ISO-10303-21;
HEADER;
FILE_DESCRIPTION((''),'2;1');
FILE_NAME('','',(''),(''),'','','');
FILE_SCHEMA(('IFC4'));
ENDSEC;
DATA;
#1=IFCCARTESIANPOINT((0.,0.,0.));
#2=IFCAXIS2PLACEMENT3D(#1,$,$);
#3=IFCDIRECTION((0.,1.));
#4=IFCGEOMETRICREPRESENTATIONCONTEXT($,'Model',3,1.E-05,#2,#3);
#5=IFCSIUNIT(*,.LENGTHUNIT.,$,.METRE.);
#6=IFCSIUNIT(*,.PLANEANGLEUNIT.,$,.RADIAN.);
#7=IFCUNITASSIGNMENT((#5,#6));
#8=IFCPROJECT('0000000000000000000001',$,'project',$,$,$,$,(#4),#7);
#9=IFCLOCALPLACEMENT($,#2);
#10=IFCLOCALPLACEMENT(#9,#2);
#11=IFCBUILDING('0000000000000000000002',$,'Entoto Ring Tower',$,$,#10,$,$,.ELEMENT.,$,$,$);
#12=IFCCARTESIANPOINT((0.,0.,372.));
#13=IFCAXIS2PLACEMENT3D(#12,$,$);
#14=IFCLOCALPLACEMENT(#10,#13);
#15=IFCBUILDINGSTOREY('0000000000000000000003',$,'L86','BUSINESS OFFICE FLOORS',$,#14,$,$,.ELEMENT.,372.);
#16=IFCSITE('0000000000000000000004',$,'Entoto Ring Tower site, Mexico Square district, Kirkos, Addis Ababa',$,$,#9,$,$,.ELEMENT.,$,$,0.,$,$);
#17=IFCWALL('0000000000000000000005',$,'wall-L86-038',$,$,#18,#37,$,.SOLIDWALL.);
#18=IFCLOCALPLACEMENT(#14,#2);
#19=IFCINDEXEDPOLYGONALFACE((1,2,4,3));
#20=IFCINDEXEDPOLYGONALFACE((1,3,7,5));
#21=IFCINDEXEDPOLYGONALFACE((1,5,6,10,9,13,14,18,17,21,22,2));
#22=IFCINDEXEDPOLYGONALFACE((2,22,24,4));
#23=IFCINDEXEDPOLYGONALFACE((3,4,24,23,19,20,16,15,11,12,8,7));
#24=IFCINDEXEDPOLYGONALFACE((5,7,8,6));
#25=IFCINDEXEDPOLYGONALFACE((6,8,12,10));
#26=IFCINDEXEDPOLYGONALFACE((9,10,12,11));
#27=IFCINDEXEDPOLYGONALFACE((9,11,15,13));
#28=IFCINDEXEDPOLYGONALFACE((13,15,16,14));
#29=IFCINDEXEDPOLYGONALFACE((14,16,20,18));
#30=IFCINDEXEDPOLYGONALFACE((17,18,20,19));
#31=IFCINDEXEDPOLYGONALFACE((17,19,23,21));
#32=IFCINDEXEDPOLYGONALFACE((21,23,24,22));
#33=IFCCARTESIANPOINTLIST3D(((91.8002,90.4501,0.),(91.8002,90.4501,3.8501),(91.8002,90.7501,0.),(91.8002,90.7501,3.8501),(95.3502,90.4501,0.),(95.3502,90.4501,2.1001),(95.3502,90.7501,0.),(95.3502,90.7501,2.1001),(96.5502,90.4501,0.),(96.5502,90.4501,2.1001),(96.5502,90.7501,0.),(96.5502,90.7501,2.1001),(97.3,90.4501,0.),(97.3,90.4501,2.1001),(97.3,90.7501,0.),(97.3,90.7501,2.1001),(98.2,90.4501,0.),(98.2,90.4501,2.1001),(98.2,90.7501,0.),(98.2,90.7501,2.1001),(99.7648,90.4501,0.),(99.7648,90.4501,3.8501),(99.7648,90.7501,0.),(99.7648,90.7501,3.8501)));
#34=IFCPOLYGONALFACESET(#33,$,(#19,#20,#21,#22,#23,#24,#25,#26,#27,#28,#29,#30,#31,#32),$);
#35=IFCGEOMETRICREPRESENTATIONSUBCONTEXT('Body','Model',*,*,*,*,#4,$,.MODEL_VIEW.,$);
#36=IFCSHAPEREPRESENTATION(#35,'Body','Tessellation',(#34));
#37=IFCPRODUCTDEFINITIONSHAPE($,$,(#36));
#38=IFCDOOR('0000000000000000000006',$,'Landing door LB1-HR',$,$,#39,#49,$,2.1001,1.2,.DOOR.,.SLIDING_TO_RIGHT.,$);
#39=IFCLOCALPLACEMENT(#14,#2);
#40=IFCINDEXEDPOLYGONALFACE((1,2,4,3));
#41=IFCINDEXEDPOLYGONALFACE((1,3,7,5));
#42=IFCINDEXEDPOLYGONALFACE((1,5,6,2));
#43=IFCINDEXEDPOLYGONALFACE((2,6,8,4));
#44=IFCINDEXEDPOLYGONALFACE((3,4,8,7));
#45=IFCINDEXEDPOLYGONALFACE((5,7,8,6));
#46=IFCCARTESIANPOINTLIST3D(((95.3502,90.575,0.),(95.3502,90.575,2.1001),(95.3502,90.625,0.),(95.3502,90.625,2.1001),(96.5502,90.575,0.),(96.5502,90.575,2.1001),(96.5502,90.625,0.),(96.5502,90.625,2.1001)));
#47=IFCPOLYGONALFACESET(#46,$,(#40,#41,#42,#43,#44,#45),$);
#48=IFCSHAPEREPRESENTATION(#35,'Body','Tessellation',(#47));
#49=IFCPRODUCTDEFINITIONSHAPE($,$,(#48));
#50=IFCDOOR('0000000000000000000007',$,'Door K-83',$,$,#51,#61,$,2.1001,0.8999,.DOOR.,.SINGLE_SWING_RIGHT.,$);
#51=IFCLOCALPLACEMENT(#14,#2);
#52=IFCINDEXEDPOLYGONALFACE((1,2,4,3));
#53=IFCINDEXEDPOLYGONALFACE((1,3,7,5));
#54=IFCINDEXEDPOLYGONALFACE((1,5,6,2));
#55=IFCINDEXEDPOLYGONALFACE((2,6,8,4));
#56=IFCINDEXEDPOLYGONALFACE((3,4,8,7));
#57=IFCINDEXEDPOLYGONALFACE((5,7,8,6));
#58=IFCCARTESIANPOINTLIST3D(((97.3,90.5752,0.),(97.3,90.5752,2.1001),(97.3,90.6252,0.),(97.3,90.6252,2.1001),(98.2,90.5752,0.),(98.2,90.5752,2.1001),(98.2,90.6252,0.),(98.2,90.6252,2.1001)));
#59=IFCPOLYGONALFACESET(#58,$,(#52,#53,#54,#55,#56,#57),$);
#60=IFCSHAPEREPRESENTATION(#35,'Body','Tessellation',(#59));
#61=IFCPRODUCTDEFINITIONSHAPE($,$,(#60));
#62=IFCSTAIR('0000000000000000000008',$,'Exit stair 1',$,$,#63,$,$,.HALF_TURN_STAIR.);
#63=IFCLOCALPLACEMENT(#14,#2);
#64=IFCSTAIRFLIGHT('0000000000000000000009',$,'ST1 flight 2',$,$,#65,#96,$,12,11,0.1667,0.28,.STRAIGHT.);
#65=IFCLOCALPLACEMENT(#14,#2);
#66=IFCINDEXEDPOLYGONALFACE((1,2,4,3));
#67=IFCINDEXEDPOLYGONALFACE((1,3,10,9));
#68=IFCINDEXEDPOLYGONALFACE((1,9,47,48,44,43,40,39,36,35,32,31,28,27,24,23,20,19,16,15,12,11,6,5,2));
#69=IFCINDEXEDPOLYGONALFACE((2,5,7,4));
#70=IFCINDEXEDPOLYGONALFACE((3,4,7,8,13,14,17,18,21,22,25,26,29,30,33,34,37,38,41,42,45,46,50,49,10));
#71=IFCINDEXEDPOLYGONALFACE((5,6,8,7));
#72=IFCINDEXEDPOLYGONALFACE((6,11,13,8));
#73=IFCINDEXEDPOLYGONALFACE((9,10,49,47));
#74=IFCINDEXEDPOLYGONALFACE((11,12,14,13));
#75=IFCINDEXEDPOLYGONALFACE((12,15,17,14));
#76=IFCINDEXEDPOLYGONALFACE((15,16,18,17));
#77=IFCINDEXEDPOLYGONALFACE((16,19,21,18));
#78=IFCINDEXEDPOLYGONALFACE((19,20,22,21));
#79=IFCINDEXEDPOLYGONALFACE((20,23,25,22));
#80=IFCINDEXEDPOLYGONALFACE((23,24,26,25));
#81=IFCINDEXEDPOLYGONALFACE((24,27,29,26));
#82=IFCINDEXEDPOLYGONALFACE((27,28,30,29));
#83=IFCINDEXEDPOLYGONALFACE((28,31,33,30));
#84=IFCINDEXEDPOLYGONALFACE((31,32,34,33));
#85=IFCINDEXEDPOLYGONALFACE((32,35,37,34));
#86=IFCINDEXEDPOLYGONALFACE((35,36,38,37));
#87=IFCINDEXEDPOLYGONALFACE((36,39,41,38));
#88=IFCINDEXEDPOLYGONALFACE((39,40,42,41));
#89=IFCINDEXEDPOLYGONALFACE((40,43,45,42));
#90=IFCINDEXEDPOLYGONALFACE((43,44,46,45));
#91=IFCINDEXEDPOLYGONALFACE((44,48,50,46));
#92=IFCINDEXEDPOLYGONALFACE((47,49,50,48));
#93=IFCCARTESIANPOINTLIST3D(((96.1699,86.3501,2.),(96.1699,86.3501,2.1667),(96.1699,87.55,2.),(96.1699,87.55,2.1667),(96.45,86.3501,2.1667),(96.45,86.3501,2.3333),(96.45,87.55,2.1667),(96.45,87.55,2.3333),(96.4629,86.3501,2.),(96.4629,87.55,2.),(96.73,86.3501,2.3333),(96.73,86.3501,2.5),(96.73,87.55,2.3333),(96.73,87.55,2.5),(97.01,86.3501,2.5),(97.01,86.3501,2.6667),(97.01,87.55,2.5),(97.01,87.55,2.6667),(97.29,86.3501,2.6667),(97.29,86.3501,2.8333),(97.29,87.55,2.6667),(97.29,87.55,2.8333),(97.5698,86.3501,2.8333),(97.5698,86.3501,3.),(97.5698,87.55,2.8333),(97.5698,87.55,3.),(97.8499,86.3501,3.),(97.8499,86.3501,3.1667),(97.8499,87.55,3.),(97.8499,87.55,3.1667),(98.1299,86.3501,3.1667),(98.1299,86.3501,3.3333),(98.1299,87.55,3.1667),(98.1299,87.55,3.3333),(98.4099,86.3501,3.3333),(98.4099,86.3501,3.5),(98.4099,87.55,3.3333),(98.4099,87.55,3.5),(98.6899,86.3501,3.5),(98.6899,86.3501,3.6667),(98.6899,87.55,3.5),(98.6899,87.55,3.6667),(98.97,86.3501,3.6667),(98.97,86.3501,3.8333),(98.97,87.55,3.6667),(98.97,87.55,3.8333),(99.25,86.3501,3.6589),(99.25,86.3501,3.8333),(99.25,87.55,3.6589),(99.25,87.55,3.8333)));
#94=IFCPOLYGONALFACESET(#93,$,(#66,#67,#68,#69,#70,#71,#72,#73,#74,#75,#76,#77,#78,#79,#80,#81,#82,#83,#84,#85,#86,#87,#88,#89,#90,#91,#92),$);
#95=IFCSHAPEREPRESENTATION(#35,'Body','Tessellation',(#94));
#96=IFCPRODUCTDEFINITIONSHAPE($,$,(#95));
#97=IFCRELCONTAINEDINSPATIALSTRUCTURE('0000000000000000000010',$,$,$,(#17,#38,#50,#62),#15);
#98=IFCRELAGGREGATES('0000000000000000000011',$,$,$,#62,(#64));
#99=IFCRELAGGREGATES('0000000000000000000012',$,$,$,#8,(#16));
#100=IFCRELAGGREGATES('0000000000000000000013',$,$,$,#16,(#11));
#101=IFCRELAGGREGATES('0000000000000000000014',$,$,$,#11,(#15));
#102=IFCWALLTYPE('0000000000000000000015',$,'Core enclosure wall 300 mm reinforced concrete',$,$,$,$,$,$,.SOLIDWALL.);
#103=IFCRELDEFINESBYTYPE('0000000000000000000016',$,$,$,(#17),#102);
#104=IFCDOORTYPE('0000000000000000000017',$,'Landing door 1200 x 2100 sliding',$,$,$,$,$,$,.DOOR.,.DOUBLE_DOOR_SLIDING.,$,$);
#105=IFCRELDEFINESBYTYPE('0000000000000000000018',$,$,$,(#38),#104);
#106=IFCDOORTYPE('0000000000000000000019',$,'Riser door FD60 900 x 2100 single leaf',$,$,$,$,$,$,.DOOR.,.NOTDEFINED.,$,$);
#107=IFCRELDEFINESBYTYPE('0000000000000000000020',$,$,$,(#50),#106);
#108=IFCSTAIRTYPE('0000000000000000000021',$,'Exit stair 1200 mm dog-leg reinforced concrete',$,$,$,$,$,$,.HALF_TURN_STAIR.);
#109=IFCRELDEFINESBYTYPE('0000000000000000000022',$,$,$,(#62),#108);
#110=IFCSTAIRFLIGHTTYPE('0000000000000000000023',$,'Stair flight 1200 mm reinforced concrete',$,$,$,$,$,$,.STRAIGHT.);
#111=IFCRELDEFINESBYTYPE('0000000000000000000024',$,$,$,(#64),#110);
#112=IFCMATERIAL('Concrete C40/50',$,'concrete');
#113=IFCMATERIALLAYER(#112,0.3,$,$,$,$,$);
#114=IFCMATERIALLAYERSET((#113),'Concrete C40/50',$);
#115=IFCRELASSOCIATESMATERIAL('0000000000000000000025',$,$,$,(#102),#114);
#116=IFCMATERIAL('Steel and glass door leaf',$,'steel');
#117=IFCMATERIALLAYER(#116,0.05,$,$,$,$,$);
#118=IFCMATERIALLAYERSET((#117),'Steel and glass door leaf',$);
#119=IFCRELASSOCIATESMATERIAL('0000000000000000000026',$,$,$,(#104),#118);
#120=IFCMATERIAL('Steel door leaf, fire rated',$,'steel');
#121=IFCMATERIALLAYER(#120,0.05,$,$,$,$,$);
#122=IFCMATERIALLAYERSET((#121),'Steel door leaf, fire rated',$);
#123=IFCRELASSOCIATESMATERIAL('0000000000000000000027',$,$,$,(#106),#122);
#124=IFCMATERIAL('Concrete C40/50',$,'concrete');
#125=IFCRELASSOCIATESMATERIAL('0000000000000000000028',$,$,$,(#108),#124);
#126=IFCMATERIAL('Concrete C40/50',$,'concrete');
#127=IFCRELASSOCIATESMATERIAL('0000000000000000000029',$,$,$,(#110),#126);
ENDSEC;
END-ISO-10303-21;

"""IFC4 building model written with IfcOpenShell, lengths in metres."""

from ifc_helpers import new_model, si_unit, direction, frame, frame_2d, origin, place, context, subcontext, project, spatial, polyline, rectangle, outline, extrude, material, layer, layer_set, type_object, element, fill, aggregate, save


model = new_model("IFC4")

# Units and contexts
model_context = context("Model", 3, precision=1e-05, world=origin(), true_north=direction((0.0, 1.0)))
body_context = subcontext(model_context, "Body", "Model", "MODEL_VIEW")
ifc_project = project(units=[si_unit("LENGTHUNIT", "METRE"), si_unit("PLANEANGLEUNIT", "RADIAN")], contexts=[model_context])

# Site, building, storey
site_placement = place(None, origin())
site = spatial("IfcSite", under=ifc_project, at=site_placement, Name="Entoto Ring Tower site, Mexico Square district, Kirkos, Addis Ababa", CompositionType="ELEMENT", RefElevation=0.0)
building_placement = place(site_placement, origin())
building = spatial("IfcBuilding", under=site, at=building_placement, Name="Entoto Ring Tower", CompositionType="ELEMENT")
storey_placement = place(building_placement, frame((0.0, 0.0, 372.0)))
storey = spatial("IfcBuildingStorey", under=building, at=storey_placement, Name="L86", Description="BUSINESS OFFICE FLOORS", CompositionType="ELEMENT", Elevation=372.0)

# Shared definitions
ifc_material_1 = material(Name="Concrete C40/50", Category="concrete")
ifc_layer_1 = layer(ifc_material_1, 0.3)
ifc_layer_set_1 = layer_set([ifc_layer_1], Name="Concrete C40/50")
wall_type = type_object("IfcWallType", Name="Core enclosure wall 300 mm reinforced concrete", PredefinedType="SOLIDWALL", material=ifc_layer_set_1)

# Shared definitions
ifc_material_2 = material(Name="Steel and glass door leaf", Category="steel")
ifc_layer_2 = layer(ifc_material_2, 0.05)
ifc_layer_set_2 = layer_set([ifc_layer_2], Name="Steel and glass door leaf")
door_type_1 = type_object("IfcDoorType", Name="Landing door 1200 x 2100 sliding", OperationType="DOUBLE_DOOR_SLIDING", PredefinedType="DOOR", material=ifc_layer_set_2)

# Wall, openings, doors
wall_1_placement = place(storey_placement, frame((91.8, 90.6001, 0.0), z_axis=(0.0, 0.0, 1.0), x_axis=(1.0, 0.0, 0.0)))
wall_1 = element("IfcWall", 1, at=wall_1_placement, inside=storey, type_object=wall_type, Name="wall-L86-038", PredefinedType="SOLIDWALL", context=body_context, shape_type="SweptSolid", body=[
    extrude(rectangle(XDim=7.9646, YDim=0.3, at=frame_2d((3.9824, 0.0))), origin(), (0.0, 0.0, 1.0), 3.8501),
])
opening_1_placement = place(wall_1_placement, frame((3.55, 0.0, 0.0)))
opening_1 = element("IfcOpeningElement", 2, at=opening_1_placement, cuts=wall_1, PredefinedType="OPENING", context=body_context, shape_type="SweptSolid", body=[
    extrude(rectangle(XDim=1.2, YDim=2.1001, at=frame_2d((0.6001, 1.05))), frame((0.0, 0.1602, 0.0), z_axis=(0.0, -1.0, 0.0), x_axis=(1.0, 0.0, 0.0)), (0.0, 0.0, 1.0), 0.3201),
])
opening_2_placement = place(wall_1_placement, frame((5.5, 0.0, 0.0)))
opening_2 = element("IfcOpeningElement", 3, at=opening_2_placement, cuts=wall_1, PredefinedType="OPENING", context=body_context, shape_type="SweptSolid", body=[
    extrude(rectangle(XDim=0.8999, YDim=2.1001, at=frame_2d((0.45, 1.05))), frame((0.0, 0.1602, 0.0), z_axis=(0.0, -1.0, 0.0), x_axis=(1.0, 0.0, 0.0)), (0.0, 0.0, 1.0), 0.3201),
])
door_1_placement = place(opening_1_placement, origin())
door_1 = element("IfcDoor", 4, at=door_1_placement, inside=storey, type_object=door_type_1, Name="Landing door LB1-HR", OperationType="SLIDING_TO_RIGHT", OverallHeight=2.1001, OverallWidth=1.2, PredefinedType="DOOR", context=body_context, shape_type="SweptSolid", body=[
    extrude(rectangle(XDim=1.2, YDim=2.1001, at=frame_2d((0.6001, 1.05))), frame((0.0, 0.0249, 0.0), z_axis=(0.0, -1.0, 0.0), x_axis=(1.0, 0.0, 0.0)), (0.0, 0.0, 1.0), 0.05),
])
fill(opening_1, door_1)
ifc_material_3 = material(Name="Steel door leaf, fire rated", Category="steel")
ifc_layer_3 = layer(ifc_material_3, 0.05)
ifc_layer_set_3 = layer_set([ifc_layer_3], Name="Steel door leaf, fire rated")
door_type_2 = type_object("IfcDoorType", Name="Riser door FD60 900 x 2100 single leaf", OperationType="NOTDEFINED", PredefinedType="DOOR", material=ifc_layer_set_3)
door_2_placement = place(opening_2_placement, frame((0.8999, 0.0, 0.0), z_axis=(0.0, 0.0, 1.0), x_axis=(-1.0, 0.0, 0.0)))
door_2 = element("IfcDoor", 5, at=door_2_placement, inside=storey, type_object=door_type_2, Name="Door K-83", OperationType="SINGLE_SWING_RIGHT", OverallHeight=2.1001, OverallWidth=0.8999, PredefinedType="DOOR", context=body_context, shape_type="SweptSolid", body=[
    extrude(rectangle(XDim=0.8999, YDim=2.1001, at=frame_2d((0.45, 1.05))), frame((0.0, 0.0249, 0.0), z_axis=(0.0, -1.0, 0.0), x_axis=(1.0, 0.0, 0.0)), (0.0, 0.0, 1.0), 0.05),
])
fill(opening_2, door_2)

# Stair, stair flight
ifc_material_4 = material(Name="Concrete C40/50", Category="concrete")
stair_type = type_object("IfcStairType", Name="Exit stair 1200 mm dog-leg reinforced concrete", PredefinedType="HALF_TURN_STAIR", material=ifc_material_4)
stair_placement = place(storey_placement, origin())
stair = element("IfcStair", 6, at=stair_placement, inside=storey, type_object=stair_type, Name="Exit stair 1", PredefinedType="HALF_TURN_STAIR")
ifc_material_5 = material(Name="Concrete C40/50", Category="concrete")
stair_flight_type = type_object("IfcStairFlightType", Name="Stair flight 1200 mm reinforced concrete", PredefinedType="STRAIGHT", material=ifc_material_5)
stair_flight_placement = place(storey_placement, frame((96.1699, 86.95, 2.0), z_axis=(0.0, 0.0, 1.0), x_axis=(1.0, 0.0, 0.0)))
stair_flight = element("IfcStairFlight", 7, at=stair_flight_placement, type_object=stair_flight_type, Name="ST1 flight 2", NumberOfRisers=12, NumberOfTreads=11, PredefinedType="STRAIGHT", RiserHeight=0.1667, TreadLength=0.28, context=body_context, shape_type="SweptSolid", body=[
    extrude(outline(polyline([(0.0, 0.0), (0.0, 0.1667), (0.28, 0.1667), (0.28, 0.3333), (0.5601, 0.3333), (0.5601, 0.5), (0.8401, 0.5), (0.8401, 0.6667), (1.1201, 0.6667), (1.1201, 0.8333), (1.3999, 0.8333), (1.3999, 1.0), (1.6799, 1.0), (1.6799, 1.1667), (1.96, 1.1667), (1.96, 1.3333), (2.24, 1.3333), (2.24, 1.5), (2.52, 1.5), (2.52, 1.6667), (2.8, 1.6667), (2.8, 1.8333), (3.0801, 1.8333), (3.0801, 2.0), (3.0801, 1.6589), (0.293, 0.0), (0.0, 0.0)])), frame((0.0, 0.6001, 0.0), z_axis=(0.0, -1.0, 0.0), x_axis=(1.0, 0.0, 0.0)), (0.0, 0.0, 1.0), 1.2),
])
aggregate(stair, [stair_flight])

save(model, "model.ifc")
